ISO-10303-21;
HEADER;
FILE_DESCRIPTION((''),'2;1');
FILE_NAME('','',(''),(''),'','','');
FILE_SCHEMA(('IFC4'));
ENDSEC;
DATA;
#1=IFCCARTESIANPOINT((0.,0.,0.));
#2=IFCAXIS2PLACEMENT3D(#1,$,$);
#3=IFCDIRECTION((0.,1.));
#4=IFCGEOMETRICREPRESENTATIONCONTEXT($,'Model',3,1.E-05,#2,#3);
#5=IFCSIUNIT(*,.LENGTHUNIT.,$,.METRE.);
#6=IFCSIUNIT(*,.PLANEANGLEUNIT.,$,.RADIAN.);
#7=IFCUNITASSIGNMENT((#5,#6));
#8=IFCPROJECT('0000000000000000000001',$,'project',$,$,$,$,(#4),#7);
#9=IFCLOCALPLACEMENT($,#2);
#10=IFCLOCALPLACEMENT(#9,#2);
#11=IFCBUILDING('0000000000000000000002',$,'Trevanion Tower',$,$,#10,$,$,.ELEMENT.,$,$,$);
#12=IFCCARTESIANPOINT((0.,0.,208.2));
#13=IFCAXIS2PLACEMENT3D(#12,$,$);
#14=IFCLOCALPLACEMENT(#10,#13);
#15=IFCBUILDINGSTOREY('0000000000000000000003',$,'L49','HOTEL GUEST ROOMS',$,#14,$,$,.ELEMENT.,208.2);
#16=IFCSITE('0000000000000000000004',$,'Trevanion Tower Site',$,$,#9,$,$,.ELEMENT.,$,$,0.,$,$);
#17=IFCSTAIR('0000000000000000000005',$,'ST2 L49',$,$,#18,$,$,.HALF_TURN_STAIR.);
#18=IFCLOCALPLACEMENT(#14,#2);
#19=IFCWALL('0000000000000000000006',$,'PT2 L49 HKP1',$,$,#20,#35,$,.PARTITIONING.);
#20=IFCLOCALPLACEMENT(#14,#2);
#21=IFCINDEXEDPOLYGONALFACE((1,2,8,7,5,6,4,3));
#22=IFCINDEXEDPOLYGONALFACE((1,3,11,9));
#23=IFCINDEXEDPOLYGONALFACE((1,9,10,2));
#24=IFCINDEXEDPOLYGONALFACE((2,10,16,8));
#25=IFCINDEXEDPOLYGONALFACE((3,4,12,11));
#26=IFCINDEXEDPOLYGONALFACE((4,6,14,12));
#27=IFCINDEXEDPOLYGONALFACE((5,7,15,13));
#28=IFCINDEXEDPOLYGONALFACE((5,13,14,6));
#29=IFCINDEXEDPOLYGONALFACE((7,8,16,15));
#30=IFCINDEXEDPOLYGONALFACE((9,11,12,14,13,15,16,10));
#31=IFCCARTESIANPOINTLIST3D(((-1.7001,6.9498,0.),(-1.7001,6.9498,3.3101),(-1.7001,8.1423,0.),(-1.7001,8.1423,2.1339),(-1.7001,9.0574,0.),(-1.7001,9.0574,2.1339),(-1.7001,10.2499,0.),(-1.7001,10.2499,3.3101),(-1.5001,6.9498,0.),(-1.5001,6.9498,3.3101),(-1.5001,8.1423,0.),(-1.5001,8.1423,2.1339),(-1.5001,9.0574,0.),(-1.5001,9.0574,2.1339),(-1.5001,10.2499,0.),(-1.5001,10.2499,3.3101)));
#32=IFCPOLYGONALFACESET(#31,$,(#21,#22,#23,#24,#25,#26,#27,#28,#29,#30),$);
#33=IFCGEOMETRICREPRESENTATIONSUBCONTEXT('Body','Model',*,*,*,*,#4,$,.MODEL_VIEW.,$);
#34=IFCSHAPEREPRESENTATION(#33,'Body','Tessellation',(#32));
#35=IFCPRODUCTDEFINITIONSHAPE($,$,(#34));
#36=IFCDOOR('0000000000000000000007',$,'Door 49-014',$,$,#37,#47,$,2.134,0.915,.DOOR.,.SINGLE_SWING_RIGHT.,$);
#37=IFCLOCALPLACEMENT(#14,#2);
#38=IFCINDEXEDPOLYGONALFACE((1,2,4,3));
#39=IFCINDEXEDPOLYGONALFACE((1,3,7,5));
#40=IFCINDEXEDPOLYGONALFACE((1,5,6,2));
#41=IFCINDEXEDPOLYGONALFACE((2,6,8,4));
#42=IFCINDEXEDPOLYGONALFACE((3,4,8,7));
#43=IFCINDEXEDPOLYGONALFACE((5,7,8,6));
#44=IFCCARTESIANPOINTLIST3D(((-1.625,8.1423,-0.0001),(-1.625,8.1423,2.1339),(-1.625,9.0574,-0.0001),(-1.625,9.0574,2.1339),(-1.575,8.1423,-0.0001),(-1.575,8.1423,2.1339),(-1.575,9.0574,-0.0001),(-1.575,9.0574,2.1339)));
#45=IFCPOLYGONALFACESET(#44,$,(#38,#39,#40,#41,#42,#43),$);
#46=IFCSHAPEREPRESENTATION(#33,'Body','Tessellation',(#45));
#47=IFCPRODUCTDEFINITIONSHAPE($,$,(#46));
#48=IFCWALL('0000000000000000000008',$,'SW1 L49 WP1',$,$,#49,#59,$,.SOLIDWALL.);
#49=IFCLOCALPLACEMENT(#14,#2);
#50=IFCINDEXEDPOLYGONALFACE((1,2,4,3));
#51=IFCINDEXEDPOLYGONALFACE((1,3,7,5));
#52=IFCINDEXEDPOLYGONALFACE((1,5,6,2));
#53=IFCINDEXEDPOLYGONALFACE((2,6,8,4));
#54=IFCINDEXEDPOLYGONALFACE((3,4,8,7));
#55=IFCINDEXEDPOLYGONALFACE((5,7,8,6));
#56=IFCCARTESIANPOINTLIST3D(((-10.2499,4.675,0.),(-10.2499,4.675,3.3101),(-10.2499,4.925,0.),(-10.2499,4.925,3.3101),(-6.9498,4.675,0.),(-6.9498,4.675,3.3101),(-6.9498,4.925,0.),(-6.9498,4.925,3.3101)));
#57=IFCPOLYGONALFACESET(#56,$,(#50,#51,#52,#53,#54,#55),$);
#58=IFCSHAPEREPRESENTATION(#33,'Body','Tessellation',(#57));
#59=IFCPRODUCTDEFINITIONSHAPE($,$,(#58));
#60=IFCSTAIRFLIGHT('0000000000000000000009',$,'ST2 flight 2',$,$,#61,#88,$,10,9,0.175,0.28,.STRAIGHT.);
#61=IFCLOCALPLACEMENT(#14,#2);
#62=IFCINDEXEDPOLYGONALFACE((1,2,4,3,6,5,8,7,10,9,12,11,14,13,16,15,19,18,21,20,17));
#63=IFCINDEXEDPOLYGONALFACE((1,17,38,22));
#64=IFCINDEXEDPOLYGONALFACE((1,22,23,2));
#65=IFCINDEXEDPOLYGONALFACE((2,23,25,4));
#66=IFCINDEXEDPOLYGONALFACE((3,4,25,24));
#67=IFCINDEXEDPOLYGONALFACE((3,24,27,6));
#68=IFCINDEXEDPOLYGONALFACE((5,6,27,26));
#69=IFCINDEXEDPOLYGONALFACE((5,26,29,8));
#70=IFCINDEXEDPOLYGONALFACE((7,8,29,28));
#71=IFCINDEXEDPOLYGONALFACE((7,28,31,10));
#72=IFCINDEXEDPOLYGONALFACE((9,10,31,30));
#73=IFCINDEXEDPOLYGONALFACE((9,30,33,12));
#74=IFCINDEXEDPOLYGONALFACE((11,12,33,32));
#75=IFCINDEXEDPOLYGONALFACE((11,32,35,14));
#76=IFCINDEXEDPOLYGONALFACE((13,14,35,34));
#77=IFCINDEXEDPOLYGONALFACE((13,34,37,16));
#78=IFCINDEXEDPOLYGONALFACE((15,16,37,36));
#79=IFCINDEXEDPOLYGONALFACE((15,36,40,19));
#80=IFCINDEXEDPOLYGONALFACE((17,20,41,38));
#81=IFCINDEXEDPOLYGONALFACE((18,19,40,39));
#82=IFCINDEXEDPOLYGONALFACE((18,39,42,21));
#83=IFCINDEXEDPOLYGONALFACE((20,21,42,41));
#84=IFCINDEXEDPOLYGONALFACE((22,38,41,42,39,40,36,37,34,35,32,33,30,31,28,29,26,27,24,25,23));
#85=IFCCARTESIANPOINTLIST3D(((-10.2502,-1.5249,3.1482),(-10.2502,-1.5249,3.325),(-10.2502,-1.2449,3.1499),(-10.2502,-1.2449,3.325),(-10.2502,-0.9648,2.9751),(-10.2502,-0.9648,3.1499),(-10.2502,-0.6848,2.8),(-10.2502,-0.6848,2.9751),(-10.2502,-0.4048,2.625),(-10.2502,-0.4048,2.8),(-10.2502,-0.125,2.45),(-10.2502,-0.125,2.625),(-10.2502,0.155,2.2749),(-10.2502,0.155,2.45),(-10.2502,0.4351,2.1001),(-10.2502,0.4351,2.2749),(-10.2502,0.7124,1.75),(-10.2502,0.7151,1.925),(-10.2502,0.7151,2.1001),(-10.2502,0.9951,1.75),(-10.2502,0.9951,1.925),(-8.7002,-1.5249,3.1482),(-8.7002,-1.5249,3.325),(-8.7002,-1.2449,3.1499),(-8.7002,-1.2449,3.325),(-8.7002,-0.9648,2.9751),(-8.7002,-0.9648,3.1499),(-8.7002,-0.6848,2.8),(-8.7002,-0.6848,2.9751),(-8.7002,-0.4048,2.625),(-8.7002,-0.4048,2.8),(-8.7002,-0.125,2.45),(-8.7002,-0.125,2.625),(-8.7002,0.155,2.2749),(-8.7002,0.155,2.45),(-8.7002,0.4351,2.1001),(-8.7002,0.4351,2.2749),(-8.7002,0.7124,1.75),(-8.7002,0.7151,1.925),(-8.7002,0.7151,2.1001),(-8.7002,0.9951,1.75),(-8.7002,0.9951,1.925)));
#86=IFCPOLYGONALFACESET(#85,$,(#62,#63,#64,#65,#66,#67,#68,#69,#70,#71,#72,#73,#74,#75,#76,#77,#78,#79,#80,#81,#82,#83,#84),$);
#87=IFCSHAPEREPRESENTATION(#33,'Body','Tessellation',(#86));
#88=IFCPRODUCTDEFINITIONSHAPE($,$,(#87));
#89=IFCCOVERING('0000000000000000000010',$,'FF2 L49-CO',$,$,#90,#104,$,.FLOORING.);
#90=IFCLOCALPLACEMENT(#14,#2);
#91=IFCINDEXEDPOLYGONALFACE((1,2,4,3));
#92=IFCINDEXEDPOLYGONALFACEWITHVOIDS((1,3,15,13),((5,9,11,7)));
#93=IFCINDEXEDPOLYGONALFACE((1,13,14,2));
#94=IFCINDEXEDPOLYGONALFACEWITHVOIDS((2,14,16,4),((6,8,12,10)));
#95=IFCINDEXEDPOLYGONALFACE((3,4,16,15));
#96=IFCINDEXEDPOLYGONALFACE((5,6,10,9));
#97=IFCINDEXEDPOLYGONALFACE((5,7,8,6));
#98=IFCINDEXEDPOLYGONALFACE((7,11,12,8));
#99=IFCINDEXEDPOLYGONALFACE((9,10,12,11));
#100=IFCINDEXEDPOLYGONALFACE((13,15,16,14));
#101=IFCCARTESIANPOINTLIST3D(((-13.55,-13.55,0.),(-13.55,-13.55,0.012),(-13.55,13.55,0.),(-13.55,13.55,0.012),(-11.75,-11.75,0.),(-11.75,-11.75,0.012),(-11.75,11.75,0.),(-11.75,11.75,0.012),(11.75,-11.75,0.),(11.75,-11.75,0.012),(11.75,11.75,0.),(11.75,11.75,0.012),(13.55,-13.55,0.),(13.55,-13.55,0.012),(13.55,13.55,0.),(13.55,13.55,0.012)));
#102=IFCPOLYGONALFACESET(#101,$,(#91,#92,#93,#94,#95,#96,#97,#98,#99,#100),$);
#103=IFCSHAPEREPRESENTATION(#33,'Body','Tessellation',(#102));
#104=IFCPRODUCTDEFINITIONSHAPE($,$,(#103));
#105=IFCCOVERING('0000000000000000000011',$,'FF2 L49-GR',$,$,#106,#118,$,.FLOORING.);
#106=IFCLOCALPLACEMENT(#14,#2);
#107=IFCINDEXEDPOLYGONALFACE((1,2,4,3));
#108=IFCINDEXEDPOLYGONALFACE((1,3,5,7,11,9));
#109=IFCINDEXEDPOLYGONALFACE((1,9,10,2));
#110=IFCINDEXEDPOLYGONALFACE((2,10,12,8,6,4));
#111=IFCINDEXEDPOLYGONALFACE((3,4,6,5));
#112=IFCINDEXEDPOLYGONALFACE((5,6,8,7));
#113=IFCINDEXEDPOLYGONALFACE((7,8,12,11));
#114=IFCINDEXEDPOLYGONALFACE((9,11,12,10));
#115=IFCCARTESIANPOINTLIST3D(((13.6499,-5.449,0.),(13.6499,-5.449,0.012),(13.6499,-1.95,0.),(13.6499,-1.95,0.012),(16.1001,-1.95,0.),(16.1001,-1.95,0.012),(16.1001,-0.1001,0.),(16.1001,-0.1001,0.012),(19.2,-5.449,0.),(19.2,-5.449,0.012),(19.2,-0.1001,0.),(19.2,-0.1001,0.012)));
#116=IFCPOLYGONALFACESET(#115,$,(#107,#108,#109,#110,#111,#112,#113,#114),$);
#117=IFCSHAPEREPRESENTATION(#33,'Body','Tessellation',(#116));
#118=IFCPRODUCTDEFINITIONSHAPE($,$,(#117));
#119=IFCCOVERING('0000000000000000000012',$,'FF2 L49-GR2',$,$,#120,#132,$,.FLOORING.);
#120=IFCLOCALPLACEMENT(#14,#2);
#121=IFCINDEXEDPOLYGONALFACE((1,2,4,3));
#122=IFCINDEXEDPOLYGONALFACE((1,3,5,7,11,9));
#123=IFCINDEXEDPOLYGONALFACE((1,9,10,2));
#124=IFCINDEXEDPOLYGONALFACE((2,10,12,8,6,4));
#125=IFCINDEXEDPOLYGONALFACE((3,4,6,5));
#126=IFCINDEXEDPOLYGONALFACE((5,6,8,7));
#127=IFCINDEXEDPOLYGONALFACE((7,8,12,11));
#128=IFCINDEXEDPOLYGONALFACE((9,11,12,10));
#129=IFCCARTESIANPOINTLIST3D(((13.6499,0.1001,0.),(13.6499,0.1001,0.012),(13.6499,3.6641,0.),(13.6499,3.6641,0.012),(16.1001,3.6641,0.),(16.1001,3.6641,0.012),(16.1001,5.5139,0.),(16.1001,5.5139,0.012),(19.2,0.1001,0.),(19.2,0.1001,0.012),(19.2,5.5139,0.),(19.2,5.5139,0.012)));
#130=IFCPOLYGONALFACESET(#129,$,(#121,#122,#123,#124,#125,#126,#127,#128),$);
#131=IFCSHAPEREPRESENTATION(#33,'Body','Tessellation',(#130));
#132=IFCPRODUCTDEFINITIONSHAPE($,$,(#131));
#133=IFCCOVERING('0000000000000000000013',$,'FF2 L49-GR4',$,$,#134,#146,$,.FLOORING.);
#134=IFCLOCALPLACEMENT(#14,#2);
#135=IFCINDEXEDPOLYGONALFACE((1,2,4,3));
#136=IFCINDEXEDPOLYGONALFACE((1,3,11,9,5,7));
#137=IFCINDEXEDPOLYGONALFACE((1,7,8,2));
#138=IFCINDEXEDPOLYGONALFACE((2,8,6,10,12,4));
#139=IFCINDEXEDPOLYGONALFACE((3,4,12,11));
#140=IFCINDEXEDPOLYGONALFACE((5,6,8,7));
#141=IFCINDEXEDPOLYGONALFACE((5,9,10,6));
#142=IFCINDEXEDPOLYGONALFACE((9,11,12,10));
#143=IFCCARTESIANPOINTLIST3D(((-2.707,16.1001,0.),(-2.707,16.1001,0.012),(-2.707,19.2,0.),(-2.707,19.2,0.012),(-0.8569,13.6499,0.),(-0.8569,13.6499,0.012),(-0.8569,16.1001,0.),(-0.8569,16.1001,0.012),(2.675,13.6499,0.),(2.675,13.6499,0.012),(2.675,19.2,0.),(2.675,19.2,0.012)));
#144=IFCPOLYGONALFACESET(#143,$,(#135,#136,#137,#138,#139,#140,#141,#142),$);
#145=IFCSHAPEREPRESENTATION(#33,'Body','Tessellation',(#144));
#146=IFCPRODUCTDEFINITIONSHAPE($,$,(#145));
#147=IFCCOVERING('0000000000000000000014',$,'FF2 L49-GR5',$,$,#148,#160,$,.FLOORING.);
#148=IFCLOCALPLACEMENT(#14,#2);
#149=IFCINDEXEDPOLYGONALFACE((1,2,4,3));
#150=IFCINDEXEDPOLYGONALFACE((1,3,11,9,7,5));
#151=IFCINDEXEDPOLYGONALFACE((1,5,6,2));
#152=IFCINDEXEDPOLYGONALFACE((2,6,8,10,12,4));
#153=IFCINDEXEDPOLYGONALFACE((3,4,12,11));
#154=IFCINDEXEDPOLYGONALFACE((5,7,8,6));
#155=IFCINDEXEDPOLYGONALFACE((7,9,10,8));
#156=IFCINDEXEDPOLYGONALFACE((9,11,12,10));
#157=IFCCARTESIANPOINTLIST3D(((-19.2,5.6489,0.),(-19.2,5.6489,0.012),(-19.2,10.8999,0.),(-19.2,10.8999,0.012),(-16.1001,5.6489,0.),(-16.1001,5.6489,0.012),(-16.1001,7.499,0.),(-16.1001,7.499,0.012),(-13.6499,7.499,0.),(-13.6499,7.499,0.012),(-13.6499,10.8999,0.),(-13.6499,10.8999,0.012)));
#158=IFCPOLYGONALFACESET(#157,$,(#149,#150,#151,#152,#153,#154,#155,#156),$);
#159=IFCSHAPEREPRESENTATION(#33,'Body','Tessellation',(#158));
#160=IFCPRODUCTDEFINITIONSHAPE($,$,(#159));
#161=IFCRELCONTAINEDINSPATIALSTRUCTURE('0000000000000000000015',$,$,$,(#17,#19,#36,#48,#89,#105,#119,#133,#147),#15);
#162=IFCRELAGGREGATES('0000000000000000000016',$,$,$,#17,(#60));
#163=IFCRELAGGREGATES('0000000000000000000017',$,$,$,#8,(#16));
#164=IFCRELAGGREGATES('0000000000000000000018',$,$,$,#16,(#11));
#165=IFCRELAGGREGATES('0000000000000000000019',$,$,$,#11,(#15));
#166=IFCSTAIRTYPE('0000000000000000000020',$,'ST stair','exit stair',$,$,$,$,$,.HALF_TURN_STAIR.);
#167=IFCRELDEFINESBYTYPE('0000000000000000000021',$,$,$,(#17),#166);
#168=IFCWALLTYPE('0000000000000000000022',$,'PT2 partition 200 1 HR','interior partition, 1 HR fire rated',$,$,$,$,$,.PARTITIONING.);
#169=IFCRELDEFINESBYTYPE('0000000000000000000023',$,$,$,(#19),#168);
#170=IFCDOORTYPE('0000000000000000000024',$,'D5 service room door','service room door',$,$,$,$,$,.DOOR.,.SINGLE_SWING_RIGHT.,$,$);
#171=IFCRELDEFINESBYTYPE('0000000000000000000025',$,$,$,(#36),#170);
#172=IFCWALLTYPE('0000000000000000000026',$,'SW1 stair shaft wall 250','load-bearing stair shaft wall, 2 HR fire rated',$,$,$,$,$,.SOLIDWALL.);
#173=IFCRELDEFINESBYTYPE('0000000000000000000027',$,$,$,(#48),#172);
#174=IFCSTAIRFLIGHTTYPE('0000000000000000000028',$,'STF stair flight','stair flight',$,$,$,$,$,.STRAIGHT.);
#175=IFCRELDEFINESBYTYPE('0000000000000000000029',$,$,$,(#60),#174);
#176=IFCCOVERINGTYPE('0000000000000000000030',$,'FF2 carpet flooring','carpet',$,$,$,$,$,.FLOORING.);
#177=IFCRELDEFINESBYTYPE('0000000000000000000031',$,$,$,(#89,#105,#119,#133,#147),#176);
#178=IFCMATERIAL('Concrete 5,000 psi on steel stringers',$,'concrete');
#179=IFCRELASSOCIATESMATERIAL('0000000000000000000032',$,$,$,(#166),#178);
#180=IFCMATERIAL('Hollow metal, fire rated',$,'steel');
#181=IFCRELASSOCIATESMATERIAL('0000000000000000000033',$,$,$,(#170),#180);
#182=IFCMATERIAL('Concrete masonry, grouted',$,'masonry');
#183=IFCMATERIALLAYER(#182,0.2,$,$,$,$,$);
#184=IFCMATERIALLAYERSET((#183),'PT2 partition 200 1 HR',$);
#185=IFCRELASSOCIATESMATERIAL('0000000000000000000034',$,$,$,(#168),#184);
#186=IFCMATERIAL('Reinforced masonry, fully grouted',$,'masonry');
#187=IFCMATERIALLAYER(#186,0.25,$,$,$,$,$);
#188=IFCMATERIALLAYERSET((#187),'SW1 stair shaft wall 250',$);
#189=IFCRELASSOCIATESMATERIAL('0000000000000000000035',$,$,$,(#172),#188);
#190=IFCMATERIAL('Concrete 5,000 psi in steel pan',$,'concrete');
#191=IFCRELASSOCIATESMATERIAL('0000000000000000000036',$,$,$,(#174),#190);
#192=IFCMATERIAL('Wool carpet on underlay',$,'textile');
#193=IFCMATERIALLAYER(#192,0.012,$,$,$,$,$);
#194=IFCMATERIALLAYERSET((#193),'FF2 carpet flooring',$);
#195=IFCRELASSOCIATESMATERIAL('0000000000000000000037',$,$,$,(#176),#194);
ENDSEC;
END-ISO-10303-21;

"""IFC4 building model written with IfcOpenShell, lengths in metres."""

from ifc_helpers import new_model, si_unit, direction, frame, frame_2d, origin, place, context, subcontext, project, spatial, polyline, rectangle, outline, extrude, material, layer, layer_set, type_object, element, fill, aggregate, save


model = new_model("IFC4")

# Units and contexts
model_context = context("Model", 3, precision=1e-05, world=origin(), true_north=direction((0.0, 1.0)))
body_context = subcontext(model_context, "Body", "Model", "MODEL_VIEW")
ifc_project = project(units=[si_unit("LENGTHUNIT", "METRE"), si_unit("PLANEANGLEUNIT", "RADIAN")], contexts=[model_context])

# Site, building, storey
site_placement = place(None, origin())
site = spatial("IfcSite", under=ifc_project, at=site_placement, Name="Trevanion Tower Site", CompositionType="ELEMENT", RefElevation=0.0)
building_placement = place(site_placement, origin())
building = spatial("IfcBuilding", under=site, at=building_placement, Name="Trevanion Tower", CompositionType="ELEMENT")
storey_placement = place(building_placement, frame((0.0, 0.0, 208.2)))
storey = spatial("IfcBuildingStorey", under=building, at=storey_placement, Name="L49", Description="HOTEL GUEST ROOMS", CompositionType="ELEMENT", Elevation=208.2)

# Stair
ifc_material_1 = material(Name="Concrete 5,000 psi on steel stringers", Category="concrete")
stair_type = type_object("IfcStairType", Name="ST stair", Description="exit stair", PredefinedType="HALF_TURN_STAIR", material=ifc_material_1)
stair_1_placement = place(storey_placement, origin())
stair_1 = element("IfcStair", 1, at=stair_1_placement, inside=storey, type_object=stair_type, Name="ST2 L49", PredefinedType="HALF_TURN_STAIR")

# Shared definitions
ifc_material_2 = material(Name="Hollow metal, fire rated", Category="steel")
door_type_1 = type_object("IfcDoorType", Name="D5 service room door", Description="service room door", OperationType="SINGLE_SWING_RIGHT", PredefinedType="DOOR", material=ifc_material_2)

# Shared definitions
ifc_material_3 = material(Name="Concrete masonry, grouted", Category="masonry")
ifc_layer_1 = layer(ifc_material_3, 0.2)
ifc_layer_set_1 = layer_set([ifc_layer_1], Name="PT2 partition 200 1 HR")
wall_type_1 = type_object("IfcWallType", Name="PT2 partition 200 1 HR", Description="interior partition, 1 HR fire rated", PredefinedType="PARTITIONING", material=ifc_layer_set_1)

# Wall, opening, door
wall_1_placement = place(storey_placement, frame((-1.6001, 6.95, 0.0), z_axis=(0.0, 0.0, 1.0), x_axis=(0.0, 1.0, 0.0)))
wall_1 = element("IfcWall", 2, at=wall_1_placement, inside=storey, type_object=wall_type_1, Name="PT2 L49 HKP1", PredefinedType="PARTITIONING", context=body_context, shape_type="SweptSolid", body=[
    extrude(rectangle(XDim=3.3, YDim=0.2, at=frame_2d((1.6499, 0.0))), origin(), (0.0, 0.0, 1.0), 3.3101),
])
opening_1_placement = place(wall_1_placement, frame((1.1924, 0.0, 0.0)))
opening_1 = element("IfcOpeningElement", 3, at=opening_1_placement, cuts=wall_1, PredefinedType="OPENING", context=body_context, shape_type="SweptSolid", body=[
    extrude(rectangle(XDim=0.915, YDim=2.134, at=frame_2d((0.4575, 1.0669))), frame((0.0, 0.1099, 0.0), z_axis=(0.0, -1.0, 0.0), x_axis=(1.0, 0.0, 0.0)), (0.0, 0.0, 1.0), 0.22),
])
door_1_placement = place(opening_1_placement, origin())
door_1 = element("IfcDoor", 4, at=door_1_placement, inside=storey, type_object=door_type_1, Name="Door 49-014", OperationType="SINGLE_SWING_RIGHT", OverallHeight=2.134, OverallWidth=0.915, PredefinedType="DOOR", context=body_context, shape_type="SweptSolid", body=[
    extrude(rectangle(XDim=0.915, YDim=2.134, at=frame_2d((0.4575, 1.0669))), frame((0.0, 0.0249, 0.0), z_axis=(0.0, -1.0, 0.0), x_axis=(1.0, 0.0, 0.0)), (0.0, 0.0, 1.0), 0.05),
])
fill(opening_1, door_1)

# Wall
ifc_material_4 = material(Name="Reinforced masonry, fully grouted", Category="masonry")
ifc_layer_2 = layer(ifc_material_4, 0.25)
ifc_layer_set_2 = layer_set([ifc_layer_2], Name="SW1 stair shaft wall 250")
wall_type_2 = type_object("IfcWallType", Name="SW1 stair shaft wall 250", Description="load-bearing stair shaft wall, 2 HR fire rated", PredefinedType="SOLIDWALL", material=ifc_layer_set_2)
wall_2_placement = place(storey_placement, frame((-6.95, 4.8, 0.0), z_axis=(0.0, 0.0, 1.0), x_axis=(-1.0, 0.0, 0.0)))
element("IfcWall", 5, at=wall_2_placement, inside=storey, type_object=wall_type_2, Name="SW1 L49 WP1", PredefinedType="SOLIDWALL", context=body_context, shape_type="SweptSolid", body=[
    extrude(rectangle(XDim=3.3, YDim=0.25, at=frame_2d((1.6499, 0.0))), origin(), (0.0, 0.0, 1.0), 3.3101),
])

# Stair flight
ifc_material_5 = material(Name="Concrete 5,000 psi in steel pan", Category="concrete")
stair_flight_type = type_object("IfcStairFlightType", Name="STF stair flight", Description="stair flight", PredefinedType="STRAIGHT", material=ifc_material_5)
stair_flight_placement = place(storey_placement, frame((-9.4751, 0.9951, 1.75), z_axis=(0.0, 0.0, 1.0), x_axis=(0.0, -1.0, 0.0)))
stair_flight = element("IfcStairFlight", 6, at=stair_flight_placement, type_object=stair_flight_type, Name="ST2 flight 2", NumberOfRisers=10, NumberOfTreads=9, PredefinedType="STRAIGHT", RiserHeight=0.175, TreadLength=0.28, context=body_context, shape_type="SweptSolid", body=[
    extrude(outline(polyline([(0.0, 0.0), (0.0, 0.175), (0.28, 0.175), (0.28, 0.3501), (0.5601, 0.3501), (0.5601, 0.5249), (0.8401, 0.5249), (0.8401, 0.7), (1.1201, 0.7), (1.1201, 0.875), (1.3999, 0.875), (1.3999, 1.05), (1.6799, 1.05), (1.6799, 1.2251), (1.96, 1.2251), (1.96, 1.3999), (2.24, 1.3999), (2.24, 1.575), (2.52, 1.575), (2.52, 1.75), (2.52, 1.3982), (0.2827, 0.0), (0.0, 0.0)])), frame((0.0, 0.7749, 0.0), z_axis=(0.0, -1.0, 0.0), x_axis=(1.0, 0.0, 0.0)), (0.0, 0.0, 1.0), 1.55),
])
aggregate(stair_1, [stair_flight])

# Coverings
ifc_material_6 = material(Name="Wool carpet on underlay", Category="textile")
ifc_layer_3 = layer(ifc_material_6, 0.012)
ifc_layer_set_3 = layer_set([ifc_layer_3], Name="FF2 carpet flooring")
covering_type = type_object("IfcCoveringType", Name="FF2 carpet flooring", Description="carpet", PredefinedType="FLOORING", material=ifc_layer_set_3)
covering_1_placement = place(storey_placement, origin())
element("IfcCovering", 7, at=covering_1_placement, inside=storey, type_object=covering_type, Name="FF2 L49-CO", PredefinedType="FLOORING", context=body_context, shape_type="SweptSolid", body=[
    extrude(outline(polyline([(-13.55, -13.55), (-13.55, 13.55), (13.55, 13.55), (13.55, -13.55), (-13.55, -13.55)]), holes=[polyline([(11.75, 11.75), (-11.75, 11.75), (-11.75, -11.75), (11.75, -11.75), (11.75, 11.75)])]), origin(), (0.0, 0.0, 1.0), 0.012),
])
covering_2_placement = place(storey_placement, origin())
element("IfcCovering", 8, at=covering_2_placement, inside=storey, type_object=covering_type, Name="FF2 L49-GR", PredefinedType="FLOORING", context=body_context, shape_type="SweptSolid", body=[
    extrude(outline(polyline([(13.6499, -1.95), (16.1001, -1.95), (16.1001, -0.1001), (19.2, -0.1001), (19.2, -5.449), (13.6499, -5.449), (13.6499, -1.95)])), origin(), (0.0, 0.0, 1.0), 0.012),
])
covering_3_placement = place(storey_placement, origin())
element("IfcCovering", 9, at=covering_3_placement, inside=storey, type_object=covering_type, Name="FF2 L49-GR2", PredefinedType="FLOORING", context=body_context, shape_type="SweptSolid", body=[
    extrude(outline(polyline([(13.6499, 3.6641), (16.1001, 3.6641), (16.1001, 5.5139), (19.2, 5.5139), (19.2, 0.1001), (13.6499, 0.1001), (13.6499, 3.6641)])), origin(), (0.0, 0.0, 1.0), 0.012),
])
covering_4_placement = place(storey_placement, origin())
element("IfcCovering", 10, at=covering_4_placement, inside=storey, type_object=covering_type, Name="FF2 L49-GR4", PredefinedType="FLOORING", context=body_context, shape_type="SweptSolid", body=[
    extrude(outline(polyline([(-0.8569, 13.6499), (-0.8569, 16.1001), (-2.707, 16.1001), (-2.707, 19.2), (2.675, 19.2), (2.675, 13.6499), (-0.8569, 13.6499)])), origin(), (0.0, 0.0, 1.0), 0.012),
])
covering_5_placement = place(storey_placement, origin())
element("IfcCovering", 11, at=covering_5_placement, inside=storey, type_object=covering_type, Name="FF2 L49-GR5", PredefinedType="FLOORING", context=body_context, shape_type="SweptSolid", body=[
    extrude(outline(polyline([(-13.6499, 7.499), (-16.1001, 7.499), (-16.1001, 5.6489), (-19.2, 5.6489), (-19.2, 10.8999), (-13.6499, 10.8999), (-13.6499, 7.499)])), origin(), (0.0, 0.0, 1.0), 0.012),
])

save(model, "model.ifc")
